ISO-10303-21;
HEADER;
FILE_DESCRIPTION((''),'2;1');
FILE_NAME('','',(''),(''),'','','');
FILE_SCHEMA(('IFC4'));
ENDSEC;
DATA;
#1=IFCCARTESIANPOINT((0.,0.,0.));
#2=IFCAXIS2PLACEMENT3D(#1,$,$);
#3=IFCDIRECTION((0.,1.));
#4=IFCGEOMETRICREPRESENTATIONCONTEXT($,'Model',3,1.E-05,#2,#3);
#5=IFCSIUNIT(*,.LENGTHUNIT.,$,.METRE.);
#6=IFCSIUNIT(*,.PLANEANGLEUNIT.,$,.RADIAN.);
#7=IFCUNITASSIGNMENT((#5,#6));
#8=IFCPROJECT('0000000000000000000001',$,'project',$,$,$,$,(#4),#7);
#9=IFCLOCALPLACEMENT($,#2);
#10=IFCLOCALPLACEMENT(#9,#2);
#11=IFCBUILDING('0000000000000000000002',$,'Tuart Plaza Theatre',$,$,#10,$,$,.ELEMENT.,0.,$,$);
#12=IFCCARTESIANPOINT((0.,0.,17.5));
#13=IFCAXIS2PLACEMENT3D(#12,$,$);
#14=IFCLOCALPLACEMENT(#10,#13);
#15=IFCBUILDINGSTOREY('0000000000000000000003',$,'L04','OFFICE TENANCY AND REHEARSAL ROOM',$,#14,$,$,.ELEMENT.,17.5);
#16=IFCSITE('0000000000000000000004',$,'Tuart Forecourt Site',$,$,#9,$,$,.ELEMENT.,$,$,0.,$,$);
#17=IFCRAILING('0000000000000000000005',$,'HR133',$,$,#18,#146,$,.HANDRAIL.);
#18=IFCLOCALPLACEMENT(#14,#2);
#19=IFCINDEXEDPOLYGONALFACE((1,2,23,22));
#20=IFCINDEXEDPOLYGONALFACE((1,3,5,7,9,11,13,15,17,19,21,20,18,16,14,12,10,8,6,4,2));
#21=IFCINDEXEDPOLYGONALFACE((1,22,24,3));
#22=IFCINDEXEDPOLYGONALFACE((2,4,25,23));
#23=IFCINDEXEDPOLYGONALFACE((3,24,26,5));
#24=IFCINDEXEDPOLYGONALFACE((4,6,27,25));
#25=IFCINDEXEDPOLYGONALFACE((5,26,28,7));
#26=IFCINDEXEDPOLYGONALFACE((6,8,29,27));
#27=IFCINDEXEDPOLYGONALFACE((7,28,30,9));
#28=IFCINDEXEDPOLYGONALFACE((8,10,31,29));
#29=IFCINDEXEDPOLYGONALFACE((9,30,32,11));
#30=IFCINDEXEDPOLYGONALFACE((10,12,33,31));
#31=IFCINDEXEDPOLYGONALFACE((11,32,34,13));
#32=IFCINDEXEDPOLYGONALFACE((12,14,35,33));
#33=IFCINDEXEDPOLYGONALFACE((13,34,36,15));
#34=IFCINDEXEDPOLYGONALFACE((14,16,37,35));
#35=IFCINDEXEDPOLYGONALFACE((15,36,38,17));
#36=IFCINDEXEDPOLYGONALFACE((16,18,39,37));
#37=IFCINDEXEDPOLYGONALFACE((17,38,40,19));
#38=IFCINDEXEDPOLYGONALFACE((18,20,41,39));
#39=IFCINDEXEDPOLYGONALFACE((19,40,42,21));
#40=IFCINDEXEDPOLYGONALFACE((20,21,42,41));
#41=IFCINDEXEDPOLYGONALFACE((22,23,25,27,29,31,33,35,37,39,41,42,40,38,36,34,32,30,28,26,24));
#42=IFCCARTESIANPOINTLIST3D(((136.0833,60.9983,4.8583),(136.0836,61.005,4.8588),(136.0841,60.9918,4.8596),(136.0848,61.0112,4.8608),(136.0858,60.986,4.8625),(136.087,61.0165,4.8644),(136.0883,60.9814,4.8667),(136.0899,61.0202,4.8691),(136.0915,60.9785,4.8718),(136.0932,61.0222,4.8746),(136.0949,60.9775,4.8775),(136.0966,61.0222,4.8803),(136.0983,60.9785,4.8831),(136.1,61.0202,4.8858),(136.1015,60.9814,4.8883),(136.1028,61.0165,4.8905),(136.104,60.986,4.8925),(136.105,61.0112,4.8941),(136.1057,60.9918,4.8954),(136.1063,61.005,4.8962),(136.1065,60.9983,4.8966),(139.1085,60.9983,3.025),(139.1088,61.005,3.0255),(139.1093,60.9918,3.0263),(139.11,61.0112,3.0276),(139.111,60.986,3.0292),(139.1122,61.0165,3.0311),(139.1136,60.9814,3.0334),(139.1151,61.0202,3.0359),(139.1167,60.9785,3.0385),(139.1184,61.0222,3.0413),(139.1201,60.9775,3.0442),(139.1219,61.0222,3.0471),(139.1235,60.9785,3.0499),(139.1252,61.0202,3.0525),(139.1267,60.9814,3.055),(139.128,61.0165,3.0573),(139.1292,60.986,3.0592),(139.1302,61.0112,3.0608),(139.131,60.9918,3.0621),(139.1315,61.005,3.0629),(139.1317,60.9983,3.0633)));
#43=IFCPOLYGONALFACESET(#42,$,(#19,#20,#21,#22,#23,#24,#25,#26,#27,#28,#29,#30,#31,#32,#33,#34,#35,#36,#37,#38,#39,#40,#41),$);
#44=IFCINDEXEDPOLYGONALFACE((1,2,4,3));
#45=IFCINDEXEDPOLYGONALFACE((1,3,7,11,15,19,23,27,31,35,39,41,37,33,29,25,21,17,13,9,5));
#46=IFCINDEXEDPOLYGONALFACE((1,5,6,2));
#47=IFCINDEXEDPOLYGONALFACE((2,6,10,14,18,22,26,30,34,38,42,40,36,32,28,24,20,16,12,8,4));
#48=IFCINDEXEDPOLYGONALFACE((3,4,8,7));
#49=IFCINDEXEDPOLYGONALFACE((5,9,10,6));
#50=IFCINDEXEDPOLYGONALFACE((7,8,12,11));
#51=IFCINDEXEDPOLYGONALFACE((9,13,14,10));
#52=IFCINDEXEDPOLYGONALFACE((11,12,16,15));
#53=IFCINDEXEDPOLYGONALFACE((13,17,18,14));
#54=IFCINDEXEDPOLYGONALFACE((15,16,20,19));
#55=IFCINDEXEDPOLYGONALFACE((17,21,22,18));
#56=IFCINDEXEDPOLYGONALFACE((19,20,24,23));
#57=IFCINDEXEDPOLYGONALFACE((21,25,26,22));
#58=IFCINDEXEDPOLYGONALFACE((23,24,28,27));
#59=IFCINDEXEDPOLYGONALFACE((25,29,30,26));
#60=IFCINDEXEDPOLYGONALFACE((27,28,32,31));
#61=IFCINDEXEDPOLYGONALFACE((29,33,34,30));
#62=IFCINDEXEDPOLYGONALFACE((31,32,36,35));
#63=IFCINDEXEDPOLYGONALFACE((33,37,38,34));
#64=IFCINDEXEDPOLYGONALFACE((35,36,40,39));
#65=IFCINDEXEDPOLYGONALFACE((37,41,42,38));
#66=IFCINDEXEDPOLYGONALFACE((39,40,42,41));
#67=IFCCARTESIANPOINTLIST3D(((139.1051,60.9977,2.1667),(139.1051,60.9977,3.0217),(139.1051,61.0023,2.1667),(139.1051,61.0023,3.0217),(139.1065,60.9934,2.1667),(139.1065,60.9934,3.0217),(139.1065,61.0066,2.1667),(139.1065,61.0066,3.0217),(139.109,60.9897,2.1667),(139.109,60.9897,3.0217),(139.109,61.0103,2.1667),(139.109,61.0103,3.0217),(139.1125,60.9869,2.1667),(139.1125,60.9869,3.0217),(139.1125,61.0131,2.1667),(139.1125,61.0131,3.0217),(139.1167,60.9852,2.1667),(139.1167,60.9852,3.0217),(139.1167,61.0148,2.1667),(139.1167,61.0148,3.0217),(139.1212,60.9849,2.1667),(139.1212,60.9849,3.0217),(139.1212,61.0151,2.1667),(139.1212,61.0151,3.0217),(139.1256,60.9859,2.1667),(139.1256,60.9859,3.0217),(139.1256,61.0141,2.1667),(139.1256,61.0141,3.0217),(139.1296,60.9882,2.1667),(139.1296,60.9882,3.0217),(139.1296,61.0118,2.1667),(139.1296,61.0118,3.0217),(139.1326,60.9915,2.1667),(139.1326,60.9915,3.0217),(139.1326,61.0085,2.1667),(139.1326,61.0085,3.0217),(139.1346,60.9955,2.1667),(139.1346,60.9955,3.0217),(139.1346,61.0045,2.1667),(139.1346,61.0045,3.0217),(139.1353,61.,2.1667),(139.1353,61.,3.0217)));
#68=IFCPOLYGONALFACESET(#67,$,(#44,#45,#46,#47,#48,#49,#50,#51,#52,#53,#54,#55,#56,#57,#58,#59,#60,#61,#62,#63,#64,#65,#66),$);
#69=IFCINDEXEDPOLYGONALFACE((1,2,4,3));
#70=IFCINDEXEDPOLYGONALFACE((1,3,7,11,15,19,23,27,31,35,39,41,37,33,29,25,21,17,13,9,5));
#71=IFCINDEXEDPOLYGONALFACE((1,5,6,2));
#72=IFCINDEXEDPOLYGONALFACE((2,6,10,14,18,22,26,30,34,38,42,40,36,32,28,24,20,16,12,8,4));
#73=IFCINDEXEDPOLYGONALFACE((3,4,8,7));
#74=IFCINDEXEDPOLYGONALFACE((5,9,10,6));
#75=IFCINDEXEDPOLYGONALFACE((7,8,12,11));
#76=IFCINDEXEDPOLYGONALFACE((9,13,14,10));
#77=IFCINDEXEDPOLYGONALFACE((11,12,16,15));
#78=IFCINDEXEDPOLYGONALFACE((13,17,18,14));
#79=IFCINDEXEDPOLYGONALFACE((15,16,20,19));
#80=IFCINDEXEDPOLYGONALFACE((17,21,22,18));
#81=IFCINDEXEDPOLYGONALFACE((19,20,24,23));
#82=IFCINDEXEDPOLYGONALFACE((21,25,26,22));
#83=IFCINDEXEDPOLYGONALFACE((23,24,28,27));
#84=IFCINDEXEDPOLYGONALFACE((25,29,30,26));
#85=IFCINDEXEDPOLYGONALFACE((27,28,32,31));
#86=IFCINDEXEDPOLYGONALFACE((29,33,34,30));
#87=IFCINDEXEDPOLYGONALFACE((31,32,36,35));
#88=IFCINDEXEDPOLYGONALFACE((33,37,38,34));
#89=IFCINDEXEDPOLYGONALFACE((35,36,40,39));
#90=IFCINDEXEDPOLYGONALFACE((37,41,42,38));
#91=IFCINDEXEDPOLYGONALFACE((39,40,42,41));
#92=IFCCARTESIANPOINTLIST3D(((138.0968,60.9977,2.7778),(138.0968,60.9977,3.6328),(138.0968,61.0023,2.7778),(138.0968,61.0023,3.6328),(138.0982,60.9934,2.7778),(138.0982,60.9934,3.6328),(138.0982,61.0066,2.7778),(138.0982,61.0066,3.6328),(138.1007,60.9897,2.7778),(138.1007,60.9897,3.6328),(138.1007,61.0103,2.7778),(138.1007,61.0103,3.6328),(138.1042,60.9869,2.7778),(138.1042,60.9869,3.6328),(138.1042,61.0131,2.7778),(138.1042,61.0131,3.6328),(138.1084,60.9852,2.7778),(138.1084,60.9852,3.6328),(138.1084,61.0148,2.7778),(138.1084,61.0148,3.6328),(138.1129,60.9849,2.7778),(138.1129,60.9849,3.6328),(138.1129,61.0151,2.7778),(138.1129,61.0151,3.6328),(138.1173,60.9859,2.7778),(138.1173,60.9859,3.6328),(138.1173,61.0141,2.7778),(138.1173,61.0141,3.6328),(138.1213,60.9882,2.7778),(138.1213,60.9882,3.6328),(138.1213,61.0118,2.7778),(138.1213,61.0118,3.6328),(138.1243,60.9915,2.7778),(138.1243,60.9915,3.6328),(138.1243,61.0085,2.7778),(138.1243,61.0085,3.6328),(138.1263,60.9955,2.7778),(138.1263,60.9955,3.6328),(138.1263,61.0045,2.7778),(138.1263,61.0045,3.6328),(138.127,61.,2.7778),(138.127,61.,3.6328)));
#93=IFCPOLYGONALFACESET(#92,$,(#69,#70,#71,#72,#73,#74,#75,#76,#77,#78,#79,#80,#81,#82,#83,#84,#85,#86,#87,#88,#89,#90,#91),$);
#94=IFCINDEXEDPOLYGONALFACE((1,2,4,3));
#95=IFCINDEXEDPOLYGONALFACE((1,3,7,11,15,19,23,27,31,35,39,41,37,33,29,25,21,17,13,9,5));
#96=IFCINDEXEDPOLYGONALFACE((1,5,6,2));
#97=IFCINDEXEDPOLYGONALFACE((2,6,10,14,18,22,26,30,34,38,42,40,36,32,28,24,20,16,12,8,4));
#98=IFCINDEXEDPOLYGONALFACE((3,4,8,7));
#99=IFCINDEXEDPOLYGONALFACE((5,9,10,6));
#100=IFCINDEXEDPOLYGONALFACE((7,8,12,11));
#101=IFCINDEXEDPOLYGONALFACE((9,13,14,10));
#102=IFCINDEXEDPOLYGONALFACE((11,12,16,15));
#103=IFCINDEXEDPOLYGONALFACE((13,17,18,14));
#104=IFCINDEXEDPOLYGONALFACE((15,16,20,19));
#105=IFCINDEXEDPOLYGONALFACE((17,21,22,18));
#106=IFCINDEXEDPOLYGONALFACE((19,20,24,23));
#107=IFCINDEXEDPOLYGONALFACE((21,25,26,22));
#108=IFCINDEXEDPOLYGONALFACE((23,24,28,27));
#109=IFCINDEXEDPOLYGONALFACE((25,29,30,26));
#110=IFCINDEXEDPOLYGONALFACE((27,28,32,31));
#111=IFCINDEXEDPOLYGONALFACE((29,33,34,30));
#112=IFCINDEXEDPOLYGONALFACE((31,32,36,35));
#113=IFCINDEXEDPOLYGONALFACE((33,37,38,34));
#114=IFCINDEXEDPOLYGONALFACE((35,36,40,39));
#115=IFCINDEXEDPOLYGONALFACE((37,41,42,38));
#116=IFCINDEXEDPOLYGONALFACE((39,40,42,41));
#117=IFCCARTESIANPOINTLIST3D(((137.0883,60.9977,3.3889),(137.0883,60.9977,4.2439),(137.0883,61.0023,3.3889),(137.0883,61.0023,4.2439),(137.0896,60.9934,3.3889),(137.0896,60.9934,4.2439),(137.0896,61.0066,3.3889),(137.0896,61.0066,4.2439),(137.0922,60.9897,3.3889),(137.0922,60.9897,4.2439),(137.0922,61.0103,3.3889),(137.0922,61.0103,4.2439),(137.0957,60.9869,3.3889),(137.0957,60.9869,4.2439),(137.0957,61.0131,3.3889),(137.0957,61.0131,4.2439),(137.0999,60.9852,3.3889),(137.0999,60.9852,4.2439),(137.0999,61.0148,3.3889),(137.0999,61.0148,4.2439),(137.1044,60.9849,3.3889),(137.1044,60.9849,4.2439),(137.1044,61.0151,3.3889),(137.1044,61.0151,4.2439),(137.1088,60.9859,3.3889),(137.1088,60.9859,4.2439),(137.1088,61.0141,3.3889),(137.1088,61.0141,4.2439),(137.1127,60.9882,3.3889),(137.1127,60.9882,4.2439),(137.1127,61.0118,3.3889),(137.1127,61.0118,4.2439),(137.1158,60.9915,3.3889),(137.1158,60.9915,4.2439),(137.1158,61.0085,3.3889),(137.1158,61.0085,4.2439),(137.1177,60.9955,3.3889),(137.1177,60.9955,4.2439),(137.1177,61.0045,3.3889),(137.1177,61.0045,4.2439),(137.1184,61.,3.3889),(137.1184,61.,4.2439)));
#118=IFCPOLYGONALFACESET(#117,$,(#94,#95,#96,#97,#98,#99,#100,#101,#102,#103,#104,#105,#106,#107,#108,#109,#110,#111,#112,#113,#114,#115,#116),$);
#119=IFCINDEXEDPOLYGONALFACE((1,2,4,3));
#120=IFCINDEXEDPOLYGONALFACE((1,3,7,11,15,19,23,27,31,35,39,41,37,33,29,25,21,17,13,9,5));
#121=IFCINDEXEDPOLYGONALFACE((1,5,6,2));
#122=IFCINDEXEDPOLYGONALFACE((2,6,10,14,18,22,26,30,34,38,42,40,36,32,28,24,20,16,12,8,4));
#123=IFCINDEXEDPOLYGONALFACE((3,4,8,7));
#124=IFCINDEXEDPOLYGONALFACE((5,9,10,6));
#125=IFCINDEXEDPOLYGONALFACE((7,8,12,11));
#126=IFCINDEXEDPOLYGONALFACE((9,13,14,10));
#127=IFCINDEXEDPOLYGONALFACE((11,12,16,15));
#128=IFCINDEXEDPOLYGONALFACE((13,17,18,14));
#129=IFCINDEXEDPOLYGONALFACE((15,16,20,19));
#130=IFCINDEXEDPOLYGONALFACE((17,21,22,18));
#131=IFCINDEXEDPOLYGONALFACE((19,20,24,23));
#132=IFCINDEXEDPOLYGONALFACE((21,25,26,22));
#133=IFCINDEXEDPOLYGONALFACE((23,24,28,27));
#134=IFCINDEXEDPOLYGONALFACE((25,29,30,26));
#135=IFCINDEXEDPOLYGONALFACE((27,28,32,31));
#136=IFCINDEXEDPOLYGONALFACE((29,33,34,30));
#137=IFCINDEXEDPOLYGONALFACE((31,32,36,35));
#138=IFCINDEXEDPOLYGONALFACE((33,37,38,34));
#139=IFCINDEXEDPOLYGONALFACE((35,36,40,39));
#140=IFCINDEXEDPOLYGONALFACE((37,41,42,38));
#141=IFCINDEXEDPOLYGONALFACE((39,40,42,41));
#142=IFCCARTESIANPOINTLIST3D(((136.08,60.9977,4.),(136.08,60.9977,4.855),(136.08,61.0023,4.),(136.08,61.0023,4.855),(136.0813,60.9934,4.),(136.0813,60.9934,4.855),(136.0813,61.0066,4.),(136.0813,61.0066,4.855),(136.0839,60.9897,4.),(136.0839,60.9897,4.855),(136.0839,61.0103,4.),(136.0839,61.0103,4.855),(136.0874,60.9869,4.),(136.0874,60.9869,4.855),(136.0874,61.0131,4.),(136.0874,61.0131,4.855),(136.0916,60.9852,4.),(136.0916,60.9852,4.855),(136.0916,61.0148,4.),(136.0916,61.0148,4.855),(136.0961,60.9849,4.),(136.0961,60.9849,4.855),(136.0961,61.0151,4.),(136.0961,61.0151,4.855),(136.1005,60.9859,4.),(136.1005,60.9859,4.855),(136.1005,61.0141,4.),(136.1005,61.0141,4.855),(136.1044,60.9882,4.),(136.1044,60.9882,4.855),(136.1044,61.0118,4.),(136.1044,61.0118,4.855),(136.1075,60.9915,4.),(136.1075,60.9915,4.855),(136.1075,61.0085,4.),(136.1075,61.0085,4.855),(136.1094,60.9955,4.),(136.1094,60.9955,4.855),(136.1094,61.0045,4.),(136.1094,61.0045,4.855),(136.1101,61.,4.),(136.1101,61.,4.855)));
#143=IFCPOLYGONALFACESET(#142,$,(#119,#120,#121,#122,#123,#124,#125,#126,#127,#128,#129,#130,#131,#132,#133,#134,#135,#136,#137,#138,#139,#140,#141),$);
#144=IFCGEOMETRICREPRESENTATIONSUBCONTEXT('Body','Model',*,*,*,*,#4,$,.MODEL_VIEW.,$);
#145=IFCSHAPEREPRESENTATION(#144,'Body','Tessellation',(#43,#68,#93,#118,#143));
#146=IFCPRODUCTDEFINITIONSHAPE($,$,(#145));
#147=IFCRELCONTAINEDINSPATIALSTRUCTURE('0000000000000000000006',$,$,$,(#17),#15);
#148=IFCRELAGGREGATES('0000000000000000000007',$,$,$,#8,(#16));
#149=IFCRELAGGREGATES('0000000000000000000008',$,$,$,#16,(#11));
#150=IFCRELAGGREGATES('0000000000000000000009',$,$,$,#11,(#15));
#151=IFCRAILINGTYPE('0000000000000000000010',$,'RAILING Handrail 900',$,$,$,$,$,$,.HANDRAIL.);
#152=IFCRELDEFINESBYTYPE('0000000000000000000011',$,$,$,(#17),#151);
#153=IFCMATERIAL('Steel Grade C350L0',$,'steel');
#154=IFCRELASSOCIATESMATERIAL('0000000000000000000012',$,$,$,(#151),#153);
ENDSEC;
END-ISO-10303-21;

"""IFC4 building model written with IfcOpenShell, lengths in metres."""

from ifc_helpers import new_model, si_unit, direction, frame, origin, origin_2d, place, context, subcontext, project, spatial, circle, extrude, material, type_object, element, save


model = new_model("IFC4")

# Units and contexts
model_context = context("Model", 3, precision=1e-05, world=origin(), true_north=direction((0.0, 1.0)))
body_context = subcontext(model_context, "Body", "Model", "MODEL_VIEW")
ifc_project = project(units=[si_unit("LENGTHUNIT", "METRE"), si_unit("PLANEANGLEUNIT", "RADIAN")], contexts=[model_context])

# Site, building, storey
site_placement = place(None, origin())
site = spatial("IfcSite", under=ifc_project, at=site_placement, Name="Tuart Forecourt Site", CompositionType="ELEMENT", RefElevation=0.0)
building_placement = place(site_placement, origin())
building = spatial("IfcBuilding", under=site, at=building_placement, Name="Tuart Plaza Theatre", CompositionType="ELEMENT", ElevationOfRefHeight=0.0)
storey_placement = place(building_placement, frame((0.0, 0.0, 17.5)))
storey = spatial("IfcBuildingStorey", under=building, at=storey_placement, Name="L04", Description="OFFICE TENANCY AND REHEARSAL ROOM", CompositionType="ELEMENT", Elevation=17.5)

# Railing
ifc_material_1 = material(Name="Steel Grade C350L0", Category="steel")
railing_type_1 = type_object("IfcRailingType", Name="RAILING Handrail 900", PredefinedType="HANDRAIL", material=ifc_material_1)
railing_1_placement = place(storey_placement, frame((139.1201, 61.0, 2.1667)))
element("IfcRailing", 1, at=railing_1_placement, inside=storey, type_object=railing_type_1, Name="HR133", PredefinedType="HANDRAIL", context=body_context, shape_type="SweptSolid", body=[
    extrude(circle(Radius=0.0225, at=origin_2d()), frame((0.0, 0.0, 0.8774), z_axis=(-0.855219, 0.0, 0.518267), x_axis=(0.0, -1.0, 0.0)), (0.0, 0.0, 1.0), 3.5374),
    extrude(circle(Radius=0.0151, at=origin_2d()), origin(), (0.0, 0.0, 1.0), 0.855),
    extrude(circle(Radius=0.0151, at=origin_2d()), frame((-1.0083, 0.0, 0.6111)), (0.0, 0.0, 1.0), 0.855),
    extrude(circle(Radius=0.0151, at=origin_2d()), frame((-2.0168, 0.0, 1.2222)), (0.0, 0.0, 1.0), 0.855),
    extrude(circle(Radius=0.0151, at=origin_2d()), frame((-3.0251, 0.0, 1.8333)), (0.0, 0.0, 1.0), 0.855),
])

save(model, "model.ifc")
